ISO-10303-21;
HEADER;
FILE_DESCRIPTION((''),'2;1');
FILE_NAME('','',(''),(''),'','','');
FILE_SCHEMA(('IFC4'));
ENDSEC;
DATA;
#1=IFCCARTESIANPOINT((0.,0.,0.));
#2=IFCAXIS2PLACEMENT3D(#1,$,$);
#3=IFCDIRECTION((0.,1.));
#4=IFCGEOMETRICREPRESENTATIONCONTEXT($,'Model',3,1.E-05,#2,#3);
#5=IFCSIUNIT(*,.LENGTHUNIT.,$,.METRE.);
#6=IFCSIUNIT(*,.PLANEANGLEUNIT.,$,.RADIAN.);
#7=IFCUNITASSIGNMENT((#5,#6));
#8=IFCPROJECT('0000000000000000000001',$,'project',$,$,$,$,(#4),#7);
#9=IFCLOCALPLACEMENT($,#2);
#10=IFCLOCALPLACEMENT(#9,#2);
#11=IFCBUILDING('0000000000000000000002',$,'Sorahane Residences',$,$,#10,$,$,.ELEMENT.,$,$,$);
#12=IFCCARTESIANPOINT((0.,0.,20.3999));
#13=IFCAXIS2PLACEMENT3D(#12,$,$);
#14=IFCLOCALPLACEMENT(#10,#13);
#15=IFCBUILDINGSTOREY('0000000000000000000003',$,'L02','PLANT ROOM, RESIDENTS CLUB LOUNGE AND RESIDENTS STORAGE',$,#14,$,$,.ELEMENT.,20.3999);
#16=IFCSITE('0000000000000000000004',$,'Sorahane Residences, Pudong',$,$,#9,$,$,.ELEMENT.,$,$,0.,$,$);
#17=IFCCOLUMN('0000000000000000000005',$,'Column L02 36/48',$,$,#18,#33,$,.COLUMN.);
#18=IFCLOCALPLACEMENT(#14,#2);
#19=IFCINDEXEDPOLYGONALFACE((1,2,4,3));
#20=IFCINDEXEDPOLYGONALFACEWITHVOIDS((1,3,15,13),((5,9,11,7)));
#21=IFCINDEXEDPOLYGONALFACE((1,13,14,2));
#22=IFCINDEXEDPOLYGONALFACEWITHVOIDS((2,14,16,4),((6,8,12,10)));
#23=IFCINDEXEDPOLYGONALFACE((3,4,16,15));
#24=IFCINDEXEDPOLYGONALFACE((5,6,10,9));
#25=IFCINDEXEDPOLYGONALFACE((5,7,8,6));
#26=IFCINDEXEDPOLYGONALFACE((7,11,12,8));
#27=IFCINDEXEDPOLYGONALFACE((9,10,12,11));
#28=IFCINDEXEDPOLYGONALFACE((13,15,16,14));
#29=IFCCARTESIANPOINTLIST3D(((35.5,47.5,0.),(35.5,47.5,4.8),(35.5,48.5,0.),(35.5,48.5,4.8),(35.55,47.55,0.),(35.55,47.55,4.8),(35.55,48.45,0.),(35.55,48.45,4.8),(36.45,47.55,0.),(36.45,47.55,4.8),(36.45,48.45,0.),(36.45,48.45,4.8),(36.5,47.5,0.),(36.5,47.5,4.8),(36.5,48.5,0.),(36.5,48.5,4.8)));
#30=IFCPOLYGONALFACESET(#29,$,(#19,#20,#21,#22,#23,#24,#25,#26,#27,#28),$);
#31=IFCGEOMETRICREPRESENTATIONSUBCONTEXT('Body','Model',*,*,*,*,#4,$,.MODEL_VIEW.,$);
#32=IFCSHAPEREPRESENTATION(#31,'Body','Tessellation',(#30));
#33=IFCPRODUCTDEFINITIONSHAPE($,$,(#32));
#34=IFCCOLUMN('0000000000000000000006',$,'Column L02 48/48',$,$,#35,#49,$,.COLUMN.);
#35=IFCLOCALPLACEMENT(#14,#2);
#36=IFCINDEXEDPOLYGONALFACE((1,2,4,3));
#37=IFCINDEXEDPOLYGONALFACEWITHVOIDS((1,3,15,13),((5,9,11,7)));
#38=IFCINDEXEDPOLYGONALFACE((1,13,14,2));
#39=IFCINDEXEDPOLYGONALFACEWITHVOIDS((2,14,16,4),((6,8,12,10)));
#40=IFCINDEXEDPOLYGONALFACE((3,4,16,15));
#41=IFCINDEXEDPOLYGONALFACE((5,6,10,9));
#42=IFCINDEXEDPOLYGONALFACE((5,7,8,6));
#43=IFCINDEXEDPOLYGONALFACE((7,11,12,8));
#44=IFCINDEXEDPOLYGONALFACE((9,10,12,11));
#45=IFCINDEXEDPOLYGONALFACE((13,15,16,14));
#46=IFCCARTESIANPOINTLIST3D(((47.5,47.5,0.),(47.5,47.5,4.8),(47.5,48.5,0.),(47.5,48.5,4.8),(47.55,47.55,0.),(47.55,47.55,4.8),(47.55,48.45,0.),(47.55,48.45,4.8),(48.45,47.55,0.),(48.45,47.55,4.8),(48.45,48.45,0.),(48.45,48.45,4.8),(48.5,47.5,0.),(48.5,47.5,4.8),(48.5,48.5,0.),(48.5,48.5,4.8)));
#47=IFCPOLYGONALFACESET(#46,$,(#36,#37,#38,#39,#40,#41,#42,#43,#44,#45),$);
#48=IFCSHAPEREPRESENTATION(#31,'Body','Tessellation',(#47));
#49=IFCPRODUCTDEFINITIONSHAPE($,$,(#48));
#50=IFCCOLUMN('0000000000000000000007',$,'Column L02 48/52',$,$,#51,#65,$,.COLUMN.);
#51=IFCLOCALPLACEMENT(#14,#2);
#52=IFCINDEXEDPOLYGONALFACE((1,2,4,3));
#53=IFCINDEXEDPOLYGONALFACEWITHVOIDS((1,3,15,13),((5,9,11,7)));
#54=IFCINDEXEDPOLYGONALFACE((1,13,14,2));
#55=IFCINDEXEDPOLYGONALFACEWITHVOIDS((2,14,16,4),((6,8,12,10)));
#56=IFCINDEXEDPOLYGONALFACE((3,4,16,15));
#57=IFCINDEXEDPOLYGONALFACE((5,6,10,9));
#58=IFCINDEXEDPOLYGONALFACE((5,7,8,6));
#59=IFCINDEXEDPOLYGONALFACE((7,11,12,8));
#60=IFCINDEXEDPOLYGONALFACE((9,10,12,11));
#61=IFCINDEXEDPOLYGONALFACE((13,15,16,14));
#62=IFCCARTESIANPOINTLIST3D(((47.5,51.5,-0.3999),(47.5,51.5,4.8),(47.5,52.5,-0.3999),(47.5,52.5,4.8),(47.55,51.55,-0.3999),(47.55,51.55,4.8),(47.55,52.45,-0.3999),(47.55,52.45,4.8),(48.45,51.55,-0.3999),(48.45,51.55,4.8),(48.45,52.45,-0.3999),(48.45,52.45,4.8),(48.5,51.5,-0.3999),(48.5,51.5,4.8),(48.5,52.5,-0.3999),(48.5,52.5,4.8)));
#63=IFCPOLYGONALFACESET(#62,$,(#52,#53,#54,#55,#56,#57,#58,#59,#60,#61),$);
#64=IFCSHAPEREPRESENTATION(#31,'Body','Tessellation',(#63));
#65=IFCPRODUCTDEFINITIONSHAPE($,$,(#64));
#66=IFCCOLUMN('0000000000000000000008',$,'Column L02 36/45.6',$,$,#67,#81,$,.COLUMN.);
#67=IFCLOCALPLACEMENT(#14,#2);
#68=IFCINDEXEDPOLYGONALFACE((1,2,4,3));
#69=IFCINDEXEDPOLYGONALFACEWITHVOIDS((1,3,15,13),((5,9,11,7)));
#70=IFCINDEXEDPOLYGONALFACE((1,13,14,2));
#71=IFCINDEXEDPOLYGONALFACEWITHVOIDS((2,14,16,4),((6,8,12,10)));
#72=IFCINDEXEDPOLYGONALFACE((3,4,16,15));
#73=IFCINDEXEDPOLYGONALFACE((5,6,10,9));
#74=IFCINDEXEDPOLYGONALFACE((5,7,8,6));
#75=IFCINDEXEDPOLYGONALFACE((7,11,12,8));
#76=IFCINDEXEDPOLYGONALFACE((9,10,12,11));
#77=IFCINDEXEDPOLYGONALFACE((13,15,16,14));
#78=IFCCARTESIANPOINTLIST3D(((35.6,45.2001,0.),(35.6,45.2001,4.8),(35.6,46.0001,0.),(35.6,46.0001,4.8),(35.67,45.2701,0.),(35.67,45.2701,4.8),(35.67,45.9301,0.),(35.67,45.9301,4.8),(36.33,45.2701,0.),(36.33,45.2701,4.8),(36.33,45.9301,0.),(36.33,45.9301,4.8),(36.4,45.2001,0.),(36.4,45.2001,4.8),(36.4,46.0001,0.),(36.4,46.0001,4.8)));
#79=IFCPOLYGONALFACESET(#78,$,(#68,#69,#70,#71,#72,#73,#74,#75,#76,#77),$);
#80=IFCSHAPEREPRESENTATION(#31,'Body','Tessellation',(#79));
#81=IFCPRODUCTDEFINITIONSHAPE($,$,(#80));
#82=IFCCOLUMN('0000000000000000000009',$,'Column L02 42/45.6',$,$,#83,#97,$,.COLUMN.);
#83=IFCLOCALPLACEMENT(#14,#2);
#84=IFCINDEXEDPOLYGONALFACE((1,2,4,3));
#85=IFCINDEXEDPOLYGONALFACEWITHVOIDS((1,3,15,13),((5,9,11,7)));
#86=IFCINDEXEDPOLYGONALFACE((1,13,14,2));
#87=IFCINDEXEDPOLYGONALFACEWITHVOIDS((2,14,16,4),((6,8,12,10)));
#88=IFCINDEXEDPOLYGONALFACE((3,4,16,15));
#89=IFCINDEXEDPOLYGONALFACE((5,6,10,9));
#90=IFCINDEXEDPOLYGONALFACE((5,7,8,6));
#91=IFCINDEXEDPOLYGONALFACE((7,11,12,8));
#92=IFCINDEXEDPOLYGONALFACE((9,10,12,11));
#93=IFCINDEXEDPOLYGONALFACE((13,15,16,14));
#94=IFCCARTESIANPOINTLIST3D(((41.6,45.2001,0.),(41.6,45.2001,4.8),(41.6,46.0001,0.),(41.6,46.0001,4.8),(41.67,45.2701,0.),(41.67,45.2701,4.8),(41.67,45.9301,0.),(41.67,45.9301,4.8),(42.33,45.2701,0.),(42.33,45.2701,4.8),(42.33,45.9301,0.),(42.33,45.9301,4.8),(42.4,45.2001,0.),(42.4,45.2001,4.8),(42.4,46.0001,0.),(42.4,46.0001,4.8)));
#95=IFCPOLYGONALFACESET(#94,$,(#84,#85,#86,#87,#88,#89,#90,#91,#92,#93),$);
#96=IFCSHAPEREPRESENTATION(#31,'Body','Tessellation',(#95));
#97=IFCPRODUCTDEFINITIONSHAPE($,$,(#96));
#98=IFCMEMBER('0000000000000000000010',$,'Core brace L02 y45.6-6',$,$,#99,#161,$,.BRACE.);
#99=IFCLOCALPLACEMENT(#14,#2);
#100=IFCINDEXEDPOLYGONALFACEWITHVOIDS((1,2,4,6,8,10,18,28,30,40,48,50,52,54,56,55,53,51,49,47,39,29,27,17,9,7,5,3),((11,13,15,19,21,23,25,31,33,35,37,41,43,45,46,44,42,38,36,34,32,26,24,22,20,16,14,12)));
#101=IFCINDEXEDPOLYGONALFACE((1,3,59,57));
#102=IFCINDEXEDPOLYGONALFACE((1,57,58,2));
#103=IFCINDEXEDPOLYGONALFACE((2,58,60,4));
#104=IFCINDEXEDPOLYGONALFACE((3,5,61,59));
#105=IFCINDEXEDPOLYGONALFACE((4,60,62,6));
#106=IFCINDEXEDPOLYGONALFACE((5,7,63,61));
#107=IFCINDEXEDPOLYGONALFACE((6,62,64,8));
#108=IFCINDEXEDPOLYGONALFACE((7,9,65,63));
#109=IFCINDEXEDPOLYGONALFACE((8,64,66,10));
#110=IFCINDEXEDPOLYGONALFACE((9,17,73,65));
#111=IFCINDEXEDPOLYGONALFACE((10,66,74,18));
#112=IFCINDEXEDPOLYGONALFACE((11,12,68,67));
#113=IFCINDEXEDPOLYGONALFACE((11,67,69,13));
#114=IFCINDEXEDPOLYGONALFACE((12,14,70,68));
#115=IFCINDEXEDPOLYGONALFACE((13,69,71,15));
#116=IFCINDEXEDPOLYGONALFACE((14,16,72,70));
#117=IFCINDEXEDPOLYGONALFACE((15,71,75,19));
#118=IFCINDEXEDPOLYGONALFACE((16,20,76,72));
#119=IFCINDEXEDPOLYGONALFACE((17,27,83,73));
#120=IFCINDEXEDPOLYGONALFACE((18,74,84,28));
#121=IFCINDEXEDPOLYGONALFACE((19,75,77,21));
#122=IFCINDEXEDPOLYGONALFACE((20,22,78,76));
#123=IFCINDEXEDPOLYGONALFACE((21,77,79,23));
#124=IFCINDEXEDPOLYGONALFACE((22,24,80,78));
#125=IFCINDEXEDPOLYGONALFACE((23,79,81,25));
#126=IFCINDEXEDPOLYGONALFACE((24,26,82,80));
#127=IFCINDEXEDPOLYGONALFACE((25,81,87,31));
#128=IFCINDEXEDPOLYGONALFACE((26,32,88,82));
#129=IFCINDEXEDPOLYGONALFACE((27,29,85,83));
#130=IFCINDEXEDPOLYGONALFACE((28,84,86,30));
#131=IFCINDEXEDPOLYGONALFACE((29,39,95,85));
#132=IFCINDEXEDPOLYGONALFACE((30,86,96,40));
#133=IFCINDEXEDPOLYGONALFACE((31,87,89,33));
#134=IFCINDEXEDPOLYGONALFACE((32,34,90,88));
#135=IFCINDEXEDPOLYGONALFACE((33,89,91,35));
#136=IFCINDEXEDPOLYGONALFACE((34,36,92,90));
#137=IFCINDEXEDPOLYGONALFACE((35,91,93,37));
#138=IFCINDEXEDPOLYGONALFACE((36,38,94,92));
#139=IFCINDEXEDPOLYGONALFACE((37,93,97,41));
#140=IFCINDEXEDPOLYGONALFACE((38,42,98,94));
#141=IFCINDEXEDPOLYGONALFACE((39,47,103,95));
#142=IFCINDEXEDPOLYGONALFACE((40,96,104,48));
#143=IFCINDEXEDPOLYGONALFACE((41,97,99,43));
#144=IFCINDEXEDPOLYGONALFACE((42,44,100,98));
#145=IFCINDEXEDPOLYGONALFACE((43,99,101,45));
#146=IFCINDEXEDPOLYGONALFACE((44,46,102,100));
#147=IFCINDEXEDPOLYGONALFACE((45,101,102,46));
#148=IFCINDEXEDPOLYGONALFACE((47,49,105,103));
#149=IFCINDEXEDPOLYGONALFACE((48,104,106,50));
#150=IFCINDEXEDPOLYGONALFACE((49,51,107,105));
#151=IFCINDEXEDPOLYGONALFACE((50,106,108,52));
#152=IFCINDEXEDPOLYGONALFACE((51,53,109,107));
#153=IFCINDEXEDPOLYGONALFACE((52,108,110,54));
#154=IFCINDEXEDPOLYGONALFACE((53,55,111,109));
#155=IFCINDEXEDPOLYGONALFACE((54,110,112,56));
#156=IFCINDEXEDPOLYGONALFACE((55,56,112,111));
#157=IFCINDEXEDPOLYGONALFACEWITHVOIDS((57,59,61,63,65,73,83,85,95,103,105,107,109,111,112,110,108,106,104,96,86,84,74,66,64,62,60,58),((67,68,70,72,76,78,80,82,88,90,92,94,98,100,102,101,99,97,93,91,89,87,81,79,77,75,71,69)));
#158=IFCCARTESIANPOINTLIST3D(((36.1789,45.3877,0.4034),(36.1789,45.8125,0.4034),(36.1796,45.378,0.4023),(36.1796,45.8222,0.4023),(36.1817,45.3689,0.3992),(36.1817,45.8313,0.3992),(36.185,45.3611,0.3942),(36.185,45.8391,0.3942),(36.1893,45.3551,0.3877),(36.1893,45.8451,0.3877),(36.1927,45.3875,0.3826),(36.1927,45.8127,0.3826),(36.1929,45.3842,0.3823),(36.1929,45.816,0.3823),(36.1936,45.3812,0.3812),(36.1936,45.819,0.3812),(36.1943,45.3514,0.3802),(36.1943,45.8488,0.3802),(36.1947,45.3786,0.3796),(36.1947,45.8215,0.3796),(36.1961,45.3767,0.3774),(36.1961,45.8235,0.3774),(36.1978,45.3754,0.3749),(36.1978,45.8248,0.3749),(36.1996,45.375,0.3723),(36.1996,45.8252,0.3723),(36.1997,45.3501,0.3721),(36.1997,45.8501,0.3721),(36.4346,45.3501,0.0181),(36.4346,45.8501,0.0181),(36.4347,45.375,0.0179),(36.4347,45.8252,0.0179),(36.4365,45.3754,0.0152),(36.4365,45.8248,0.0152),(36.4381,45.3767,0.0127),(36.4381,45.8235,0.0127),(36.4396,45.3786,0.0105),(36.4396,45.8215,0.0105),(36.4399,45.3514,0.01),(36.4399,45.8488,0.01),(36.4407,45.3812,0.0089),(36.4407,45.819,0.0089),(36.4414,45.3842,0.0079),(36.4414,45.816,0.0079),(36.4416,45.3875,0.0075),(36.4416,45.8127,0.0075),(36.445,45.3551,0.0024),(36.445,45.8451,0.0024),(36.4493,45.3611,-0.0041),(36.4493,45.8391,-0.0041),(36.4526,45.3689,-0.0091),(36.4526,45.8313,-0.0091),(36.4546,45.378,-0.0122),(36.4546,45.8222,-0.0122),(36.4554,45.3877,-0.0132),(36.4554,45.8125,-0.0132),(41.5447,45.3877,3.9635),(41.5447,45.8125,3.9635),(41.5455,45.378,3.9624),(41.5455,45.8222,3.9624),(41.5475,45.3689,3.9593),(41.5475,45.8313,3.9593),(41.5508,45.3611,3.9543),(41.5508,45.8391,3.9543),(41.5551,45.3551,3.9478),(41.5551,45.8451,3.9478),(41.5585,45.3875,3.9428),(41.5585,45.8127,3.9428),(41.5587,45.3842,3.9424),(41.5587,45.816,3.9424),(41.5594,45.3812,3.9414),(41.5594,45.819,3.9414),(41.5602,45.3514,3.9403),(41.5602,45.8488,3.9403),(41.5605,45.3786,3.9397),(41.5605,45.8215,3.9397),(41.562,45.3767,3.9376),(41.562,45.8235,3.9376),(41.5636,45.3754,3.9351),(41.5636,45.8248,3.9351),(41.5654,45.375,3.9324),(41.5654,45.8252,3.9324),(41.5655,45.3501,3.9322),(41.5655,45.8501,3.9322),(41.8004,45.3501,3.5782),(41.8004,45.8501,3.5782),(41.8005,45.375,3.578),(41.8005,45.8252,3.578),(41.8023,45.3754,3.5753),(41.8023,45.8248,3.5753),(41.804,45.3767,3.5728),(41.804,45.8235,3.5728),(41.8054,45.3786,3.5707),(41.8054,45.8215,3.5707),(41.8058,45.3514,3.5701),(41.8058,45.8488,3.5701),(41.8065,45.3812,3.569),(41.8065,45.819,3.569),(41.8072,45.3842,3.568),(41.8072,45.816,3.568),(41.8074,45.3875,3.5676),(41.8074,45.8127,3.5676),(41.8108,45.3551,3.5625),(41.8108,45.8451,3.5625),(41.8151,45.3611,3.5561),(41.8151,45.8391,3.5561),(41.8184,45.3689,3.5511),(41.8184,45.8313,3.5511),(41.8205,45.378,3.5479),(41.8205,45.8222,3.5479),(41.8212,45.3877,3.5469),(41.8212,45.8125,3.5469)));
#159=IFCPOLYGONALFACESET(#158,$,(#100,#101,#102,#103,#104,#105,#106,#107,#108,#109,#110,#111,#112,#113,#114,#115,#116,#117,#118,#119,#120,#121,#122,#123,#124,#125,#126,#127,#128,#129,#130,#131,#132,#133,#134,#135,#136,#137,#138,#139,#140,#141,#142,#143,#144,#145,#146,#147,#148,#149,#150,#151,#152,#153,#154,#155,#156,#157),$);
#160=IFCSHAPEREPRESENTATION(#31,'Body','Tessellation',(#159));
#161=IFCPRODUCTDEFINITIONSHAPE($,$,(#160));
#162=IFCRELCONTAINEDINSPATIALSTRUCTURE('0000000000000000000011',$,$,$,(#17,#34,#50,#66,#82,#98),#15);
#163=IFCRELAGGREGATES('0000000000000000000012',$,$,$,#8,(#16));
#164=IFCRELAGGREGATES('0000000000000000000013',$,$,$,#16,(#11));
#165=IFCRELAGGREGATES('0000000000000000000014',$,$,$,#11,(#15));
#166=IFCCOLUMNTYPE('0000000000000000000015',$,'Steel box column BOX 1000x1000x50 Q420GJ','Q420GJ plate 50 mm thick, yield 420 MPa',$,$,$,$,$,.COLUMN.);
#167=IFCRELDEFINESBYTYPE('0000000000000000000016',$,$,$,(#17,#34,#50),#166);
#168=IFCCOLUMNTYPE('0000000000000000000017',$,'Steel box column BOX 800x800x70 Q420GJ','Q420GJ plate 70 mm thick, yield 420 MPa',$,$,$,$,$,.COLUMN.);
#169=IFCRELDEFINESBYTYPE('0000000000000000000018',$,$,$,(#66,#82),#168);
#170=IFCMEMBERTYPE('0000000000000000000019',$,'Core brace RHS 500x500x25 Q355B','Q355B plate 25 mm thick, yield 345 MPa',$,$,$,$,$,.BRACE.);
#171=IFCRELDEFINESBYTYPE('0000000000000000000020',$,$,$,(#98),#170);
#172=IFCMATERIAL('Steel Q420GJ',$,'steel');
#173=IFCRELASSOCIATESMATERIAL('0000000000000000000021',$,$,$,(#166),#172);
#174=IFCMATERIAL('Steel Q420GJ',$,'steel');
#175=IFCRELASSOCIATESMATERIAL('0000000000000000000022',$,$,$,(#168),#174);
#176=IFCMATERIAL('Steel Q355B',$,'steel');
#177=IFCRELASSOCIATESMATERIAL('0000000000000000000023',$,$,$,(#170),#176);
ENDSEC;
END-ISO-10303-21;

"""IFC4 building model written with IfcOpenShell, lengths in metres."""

from ifc_helpers import new_model, si_unit, direction, frame, origin, origin_2d, place, context, subcontext, project, spatial, hollow_rectangle, extrude, material, material_profile, profile_set, type_object, element, save


model = new_model("IFC4")

# Units and contexts
model_context = context("Model", 3, precision=1e-05, world=origin(), true_north=direction((0.0, 1.0)))
body_context = subcontext(model_context, "Body", "Model", "MODEL_VIEW")
ifc_project = project(units=[si_unit("LENGTHUNIT", "METRE"), si_unit("PLANEANGLEUNIT", "RADIAN")], contexts=[model_context])

# Site, building, storey
site_placement = place(None, origin())
site = spatial("IfcSite", under=ifc_project, at=site_placement, Name="Sorahane Residences, Pudong", CompositionType="ELEMENT", RefElevation=0.0)
building_placement = place(site_placement, origin())
building = spatial("IfcBuilding", under=site, at=building_placement, Name="Sorahane Residences", CompositionType="ELEMENT")
storey_placement = place(building_placement, frame((0.0, 0.0, 20.3999)))
storey = spatial("IfcBuildingStorey", under=building, at=storey_placement, Name="L02", Description="PLANT ROOM, RESIDENTS CLUB LOUNGE AND RESIDENTS STORAGE", CompositionType="ELEMENT", Elevation=20.3999)

# Columns
ifc_material_1 = material(Name="Steel Q420GJ", Category="steel")
ifc_material_profile_1 = material_profile(ifc_material_1, hollow_rectangle(XDim=1.0, YDim=1.0, WallThickness=0.05, at=origin_2d()), Name="BOX 1000x1000x50")
ifc_profile_set_1 = profile_set([ifc_material_profile_1], Name="Steel Q420GJ")
column_type_1 = type_object("IfcColumnType", Name="Steel box column BOX 1000x1000x50 Q420GJ", Description="Q420GJ plate 50 mm thick, yield 420 MPa", PredefinedType="COLUMN", material=ifc_profile_set_1)
for number, where, z_axis, x_axis, name in (
    (1, (36.0, 48.0, 0.0), (0.0, 0.0, 1.0), (1.0, 0.0, 0.0), "Column L02 36/48"),
    (2, (48.0, 48.0, 0.0), (0.0, 0.0, 1.0), (1.0, 0.0, 0.0), "Column L02 48/48"),
):
    element("IfcColumn", number, at=place(storey_placement, frame(where, z_axis=z_axis, x_axis=x_axis)), inside=storey, type_object=column_type_1, Name=name, PredefinedType="COLUMN", context=body_context, shape_type="SweptSolid", body=[
        extrude(hollow_rectangle(XDim=1.0, YDim=1.0, WallThickness=0.05, at=origin_2d()), origin(), (0.0, 0.0, 1.0), 4.8),
    ])
column_placement = place(storey_placement, frame((48.0, 52.0, -0.3999), z_axis=(0.0, 0.0, 1.0), x_axis=(1.0, 0.0, 0.0)))
element("IfcColumn", 3, at=column_placement, inside=storey, type_object=column_type_1, Name="Column L02 48/52", PredefinedType="COLUMN", context=body_context, shape_type="SweptSolid", body=[
    extrude(hollow_rectangle(XDim=1.0, YDim=1.0, WallThickness=0.05, at=origin_2d()), origin(), (0.0, 0.0, 1.0), 5.2),
])
ifc_material_2 = material(Name="Steel Q420GJ", Category="steel")
ifc_material_profile_2 = material_profile(ifc_material_2, hollow_rectangle(XDim=0.8, YDim=0.8, WallThickness=0.0701, at=origin_2d()), Name="BOX 800x800x70")
ifc_profile_set_2 = profile_set([ifc_material_profile_2], Name="Steel Q420GJ")
column_type_2 = type_object("IfcColumnType", Name="Steel box column BOX 800x800x70 Q420GJ", Description="Q420GJ plate 70 mm thick, yield 420 MPa", PredefinedType="COLUMN", material=ifc_profile_set_2)
for number, where, z_axis, x_axis, name in (
    (4, (36.0, 45.6001, 0.0), (0.0, 0.0, 1.0), (1.0, 0.0, 0.0), "Column L02 36/45.6"),
    (5, (42.0, 45.6001, 0.0), (0.0, 0.0, 1.0), (1.0, 0.0, 0.0), "Column L02 42/45.6"),
):
    element("IfcColumn", number, at=place(storey_placement, frame(where, z_axis=z_axis, x_axis=x_axis)), inside=storey, type_object=column_type_2, Name=name, PredefinedType="COLUMN", context=body_context, shape_type="SweptSolid", body=[
        extrude(hollow_rectangle(XDim=0.8, YDim=0.8, WallThickness=0.0701, at=origin_2d()), origin(), (0.0, 0.0, 1.0), 4.8),
    ])

# Member
ifc_material_3 = material(Name="Steel Q355B", Category="steel")
ifc_material_profile_3 = material_profile(ifc_material_3, hollow_rectangle(XDim=0.5, YDim=0.5, WallThickness=0.0249, InnerFilletRadius=0.0125, OuterFilletRadius=0.0376, at=origin_2d()), Name="RHS 500x500x25")
ifc_profile_set_3 = profile_set([ifc_material_profile_3], Name="Steel Q355B")
member_type_1 = type_object("IfcMemberType", Name="Core brace RHS 500x500x25 Q355B", Description="Q355B plate 25 mm thick, yield 345 MPa", PredefinedType="BRACE", material=ifc_profile_set_3)
member_1_placement = place(storey_placement, frame((36.3171, 45.6001, 0.1951), z_axis=(0.833273, 0.0, 0.552861), x_axis=(0.0, 1.0, 0.0)))
element("IfcMember", 6, at=member_1_placement, inside=storey, type_object=member_type_1, Name="Core brace L02 y45.6-6", PredefinedType="BRACE", context=body_context, shape_type="SweptSolid", body=[
    extrude(hollow_rectangle(XDim=0.5, YDim=0.5, WallThickness=0.0249, InnerFilletRadius=0.0125, OuterFilletRadius=0.0376, at=origin_2d()), origin(), (0.0, 0.0, 1.0), 6.4395),
])

save(model, "model.ifc")
